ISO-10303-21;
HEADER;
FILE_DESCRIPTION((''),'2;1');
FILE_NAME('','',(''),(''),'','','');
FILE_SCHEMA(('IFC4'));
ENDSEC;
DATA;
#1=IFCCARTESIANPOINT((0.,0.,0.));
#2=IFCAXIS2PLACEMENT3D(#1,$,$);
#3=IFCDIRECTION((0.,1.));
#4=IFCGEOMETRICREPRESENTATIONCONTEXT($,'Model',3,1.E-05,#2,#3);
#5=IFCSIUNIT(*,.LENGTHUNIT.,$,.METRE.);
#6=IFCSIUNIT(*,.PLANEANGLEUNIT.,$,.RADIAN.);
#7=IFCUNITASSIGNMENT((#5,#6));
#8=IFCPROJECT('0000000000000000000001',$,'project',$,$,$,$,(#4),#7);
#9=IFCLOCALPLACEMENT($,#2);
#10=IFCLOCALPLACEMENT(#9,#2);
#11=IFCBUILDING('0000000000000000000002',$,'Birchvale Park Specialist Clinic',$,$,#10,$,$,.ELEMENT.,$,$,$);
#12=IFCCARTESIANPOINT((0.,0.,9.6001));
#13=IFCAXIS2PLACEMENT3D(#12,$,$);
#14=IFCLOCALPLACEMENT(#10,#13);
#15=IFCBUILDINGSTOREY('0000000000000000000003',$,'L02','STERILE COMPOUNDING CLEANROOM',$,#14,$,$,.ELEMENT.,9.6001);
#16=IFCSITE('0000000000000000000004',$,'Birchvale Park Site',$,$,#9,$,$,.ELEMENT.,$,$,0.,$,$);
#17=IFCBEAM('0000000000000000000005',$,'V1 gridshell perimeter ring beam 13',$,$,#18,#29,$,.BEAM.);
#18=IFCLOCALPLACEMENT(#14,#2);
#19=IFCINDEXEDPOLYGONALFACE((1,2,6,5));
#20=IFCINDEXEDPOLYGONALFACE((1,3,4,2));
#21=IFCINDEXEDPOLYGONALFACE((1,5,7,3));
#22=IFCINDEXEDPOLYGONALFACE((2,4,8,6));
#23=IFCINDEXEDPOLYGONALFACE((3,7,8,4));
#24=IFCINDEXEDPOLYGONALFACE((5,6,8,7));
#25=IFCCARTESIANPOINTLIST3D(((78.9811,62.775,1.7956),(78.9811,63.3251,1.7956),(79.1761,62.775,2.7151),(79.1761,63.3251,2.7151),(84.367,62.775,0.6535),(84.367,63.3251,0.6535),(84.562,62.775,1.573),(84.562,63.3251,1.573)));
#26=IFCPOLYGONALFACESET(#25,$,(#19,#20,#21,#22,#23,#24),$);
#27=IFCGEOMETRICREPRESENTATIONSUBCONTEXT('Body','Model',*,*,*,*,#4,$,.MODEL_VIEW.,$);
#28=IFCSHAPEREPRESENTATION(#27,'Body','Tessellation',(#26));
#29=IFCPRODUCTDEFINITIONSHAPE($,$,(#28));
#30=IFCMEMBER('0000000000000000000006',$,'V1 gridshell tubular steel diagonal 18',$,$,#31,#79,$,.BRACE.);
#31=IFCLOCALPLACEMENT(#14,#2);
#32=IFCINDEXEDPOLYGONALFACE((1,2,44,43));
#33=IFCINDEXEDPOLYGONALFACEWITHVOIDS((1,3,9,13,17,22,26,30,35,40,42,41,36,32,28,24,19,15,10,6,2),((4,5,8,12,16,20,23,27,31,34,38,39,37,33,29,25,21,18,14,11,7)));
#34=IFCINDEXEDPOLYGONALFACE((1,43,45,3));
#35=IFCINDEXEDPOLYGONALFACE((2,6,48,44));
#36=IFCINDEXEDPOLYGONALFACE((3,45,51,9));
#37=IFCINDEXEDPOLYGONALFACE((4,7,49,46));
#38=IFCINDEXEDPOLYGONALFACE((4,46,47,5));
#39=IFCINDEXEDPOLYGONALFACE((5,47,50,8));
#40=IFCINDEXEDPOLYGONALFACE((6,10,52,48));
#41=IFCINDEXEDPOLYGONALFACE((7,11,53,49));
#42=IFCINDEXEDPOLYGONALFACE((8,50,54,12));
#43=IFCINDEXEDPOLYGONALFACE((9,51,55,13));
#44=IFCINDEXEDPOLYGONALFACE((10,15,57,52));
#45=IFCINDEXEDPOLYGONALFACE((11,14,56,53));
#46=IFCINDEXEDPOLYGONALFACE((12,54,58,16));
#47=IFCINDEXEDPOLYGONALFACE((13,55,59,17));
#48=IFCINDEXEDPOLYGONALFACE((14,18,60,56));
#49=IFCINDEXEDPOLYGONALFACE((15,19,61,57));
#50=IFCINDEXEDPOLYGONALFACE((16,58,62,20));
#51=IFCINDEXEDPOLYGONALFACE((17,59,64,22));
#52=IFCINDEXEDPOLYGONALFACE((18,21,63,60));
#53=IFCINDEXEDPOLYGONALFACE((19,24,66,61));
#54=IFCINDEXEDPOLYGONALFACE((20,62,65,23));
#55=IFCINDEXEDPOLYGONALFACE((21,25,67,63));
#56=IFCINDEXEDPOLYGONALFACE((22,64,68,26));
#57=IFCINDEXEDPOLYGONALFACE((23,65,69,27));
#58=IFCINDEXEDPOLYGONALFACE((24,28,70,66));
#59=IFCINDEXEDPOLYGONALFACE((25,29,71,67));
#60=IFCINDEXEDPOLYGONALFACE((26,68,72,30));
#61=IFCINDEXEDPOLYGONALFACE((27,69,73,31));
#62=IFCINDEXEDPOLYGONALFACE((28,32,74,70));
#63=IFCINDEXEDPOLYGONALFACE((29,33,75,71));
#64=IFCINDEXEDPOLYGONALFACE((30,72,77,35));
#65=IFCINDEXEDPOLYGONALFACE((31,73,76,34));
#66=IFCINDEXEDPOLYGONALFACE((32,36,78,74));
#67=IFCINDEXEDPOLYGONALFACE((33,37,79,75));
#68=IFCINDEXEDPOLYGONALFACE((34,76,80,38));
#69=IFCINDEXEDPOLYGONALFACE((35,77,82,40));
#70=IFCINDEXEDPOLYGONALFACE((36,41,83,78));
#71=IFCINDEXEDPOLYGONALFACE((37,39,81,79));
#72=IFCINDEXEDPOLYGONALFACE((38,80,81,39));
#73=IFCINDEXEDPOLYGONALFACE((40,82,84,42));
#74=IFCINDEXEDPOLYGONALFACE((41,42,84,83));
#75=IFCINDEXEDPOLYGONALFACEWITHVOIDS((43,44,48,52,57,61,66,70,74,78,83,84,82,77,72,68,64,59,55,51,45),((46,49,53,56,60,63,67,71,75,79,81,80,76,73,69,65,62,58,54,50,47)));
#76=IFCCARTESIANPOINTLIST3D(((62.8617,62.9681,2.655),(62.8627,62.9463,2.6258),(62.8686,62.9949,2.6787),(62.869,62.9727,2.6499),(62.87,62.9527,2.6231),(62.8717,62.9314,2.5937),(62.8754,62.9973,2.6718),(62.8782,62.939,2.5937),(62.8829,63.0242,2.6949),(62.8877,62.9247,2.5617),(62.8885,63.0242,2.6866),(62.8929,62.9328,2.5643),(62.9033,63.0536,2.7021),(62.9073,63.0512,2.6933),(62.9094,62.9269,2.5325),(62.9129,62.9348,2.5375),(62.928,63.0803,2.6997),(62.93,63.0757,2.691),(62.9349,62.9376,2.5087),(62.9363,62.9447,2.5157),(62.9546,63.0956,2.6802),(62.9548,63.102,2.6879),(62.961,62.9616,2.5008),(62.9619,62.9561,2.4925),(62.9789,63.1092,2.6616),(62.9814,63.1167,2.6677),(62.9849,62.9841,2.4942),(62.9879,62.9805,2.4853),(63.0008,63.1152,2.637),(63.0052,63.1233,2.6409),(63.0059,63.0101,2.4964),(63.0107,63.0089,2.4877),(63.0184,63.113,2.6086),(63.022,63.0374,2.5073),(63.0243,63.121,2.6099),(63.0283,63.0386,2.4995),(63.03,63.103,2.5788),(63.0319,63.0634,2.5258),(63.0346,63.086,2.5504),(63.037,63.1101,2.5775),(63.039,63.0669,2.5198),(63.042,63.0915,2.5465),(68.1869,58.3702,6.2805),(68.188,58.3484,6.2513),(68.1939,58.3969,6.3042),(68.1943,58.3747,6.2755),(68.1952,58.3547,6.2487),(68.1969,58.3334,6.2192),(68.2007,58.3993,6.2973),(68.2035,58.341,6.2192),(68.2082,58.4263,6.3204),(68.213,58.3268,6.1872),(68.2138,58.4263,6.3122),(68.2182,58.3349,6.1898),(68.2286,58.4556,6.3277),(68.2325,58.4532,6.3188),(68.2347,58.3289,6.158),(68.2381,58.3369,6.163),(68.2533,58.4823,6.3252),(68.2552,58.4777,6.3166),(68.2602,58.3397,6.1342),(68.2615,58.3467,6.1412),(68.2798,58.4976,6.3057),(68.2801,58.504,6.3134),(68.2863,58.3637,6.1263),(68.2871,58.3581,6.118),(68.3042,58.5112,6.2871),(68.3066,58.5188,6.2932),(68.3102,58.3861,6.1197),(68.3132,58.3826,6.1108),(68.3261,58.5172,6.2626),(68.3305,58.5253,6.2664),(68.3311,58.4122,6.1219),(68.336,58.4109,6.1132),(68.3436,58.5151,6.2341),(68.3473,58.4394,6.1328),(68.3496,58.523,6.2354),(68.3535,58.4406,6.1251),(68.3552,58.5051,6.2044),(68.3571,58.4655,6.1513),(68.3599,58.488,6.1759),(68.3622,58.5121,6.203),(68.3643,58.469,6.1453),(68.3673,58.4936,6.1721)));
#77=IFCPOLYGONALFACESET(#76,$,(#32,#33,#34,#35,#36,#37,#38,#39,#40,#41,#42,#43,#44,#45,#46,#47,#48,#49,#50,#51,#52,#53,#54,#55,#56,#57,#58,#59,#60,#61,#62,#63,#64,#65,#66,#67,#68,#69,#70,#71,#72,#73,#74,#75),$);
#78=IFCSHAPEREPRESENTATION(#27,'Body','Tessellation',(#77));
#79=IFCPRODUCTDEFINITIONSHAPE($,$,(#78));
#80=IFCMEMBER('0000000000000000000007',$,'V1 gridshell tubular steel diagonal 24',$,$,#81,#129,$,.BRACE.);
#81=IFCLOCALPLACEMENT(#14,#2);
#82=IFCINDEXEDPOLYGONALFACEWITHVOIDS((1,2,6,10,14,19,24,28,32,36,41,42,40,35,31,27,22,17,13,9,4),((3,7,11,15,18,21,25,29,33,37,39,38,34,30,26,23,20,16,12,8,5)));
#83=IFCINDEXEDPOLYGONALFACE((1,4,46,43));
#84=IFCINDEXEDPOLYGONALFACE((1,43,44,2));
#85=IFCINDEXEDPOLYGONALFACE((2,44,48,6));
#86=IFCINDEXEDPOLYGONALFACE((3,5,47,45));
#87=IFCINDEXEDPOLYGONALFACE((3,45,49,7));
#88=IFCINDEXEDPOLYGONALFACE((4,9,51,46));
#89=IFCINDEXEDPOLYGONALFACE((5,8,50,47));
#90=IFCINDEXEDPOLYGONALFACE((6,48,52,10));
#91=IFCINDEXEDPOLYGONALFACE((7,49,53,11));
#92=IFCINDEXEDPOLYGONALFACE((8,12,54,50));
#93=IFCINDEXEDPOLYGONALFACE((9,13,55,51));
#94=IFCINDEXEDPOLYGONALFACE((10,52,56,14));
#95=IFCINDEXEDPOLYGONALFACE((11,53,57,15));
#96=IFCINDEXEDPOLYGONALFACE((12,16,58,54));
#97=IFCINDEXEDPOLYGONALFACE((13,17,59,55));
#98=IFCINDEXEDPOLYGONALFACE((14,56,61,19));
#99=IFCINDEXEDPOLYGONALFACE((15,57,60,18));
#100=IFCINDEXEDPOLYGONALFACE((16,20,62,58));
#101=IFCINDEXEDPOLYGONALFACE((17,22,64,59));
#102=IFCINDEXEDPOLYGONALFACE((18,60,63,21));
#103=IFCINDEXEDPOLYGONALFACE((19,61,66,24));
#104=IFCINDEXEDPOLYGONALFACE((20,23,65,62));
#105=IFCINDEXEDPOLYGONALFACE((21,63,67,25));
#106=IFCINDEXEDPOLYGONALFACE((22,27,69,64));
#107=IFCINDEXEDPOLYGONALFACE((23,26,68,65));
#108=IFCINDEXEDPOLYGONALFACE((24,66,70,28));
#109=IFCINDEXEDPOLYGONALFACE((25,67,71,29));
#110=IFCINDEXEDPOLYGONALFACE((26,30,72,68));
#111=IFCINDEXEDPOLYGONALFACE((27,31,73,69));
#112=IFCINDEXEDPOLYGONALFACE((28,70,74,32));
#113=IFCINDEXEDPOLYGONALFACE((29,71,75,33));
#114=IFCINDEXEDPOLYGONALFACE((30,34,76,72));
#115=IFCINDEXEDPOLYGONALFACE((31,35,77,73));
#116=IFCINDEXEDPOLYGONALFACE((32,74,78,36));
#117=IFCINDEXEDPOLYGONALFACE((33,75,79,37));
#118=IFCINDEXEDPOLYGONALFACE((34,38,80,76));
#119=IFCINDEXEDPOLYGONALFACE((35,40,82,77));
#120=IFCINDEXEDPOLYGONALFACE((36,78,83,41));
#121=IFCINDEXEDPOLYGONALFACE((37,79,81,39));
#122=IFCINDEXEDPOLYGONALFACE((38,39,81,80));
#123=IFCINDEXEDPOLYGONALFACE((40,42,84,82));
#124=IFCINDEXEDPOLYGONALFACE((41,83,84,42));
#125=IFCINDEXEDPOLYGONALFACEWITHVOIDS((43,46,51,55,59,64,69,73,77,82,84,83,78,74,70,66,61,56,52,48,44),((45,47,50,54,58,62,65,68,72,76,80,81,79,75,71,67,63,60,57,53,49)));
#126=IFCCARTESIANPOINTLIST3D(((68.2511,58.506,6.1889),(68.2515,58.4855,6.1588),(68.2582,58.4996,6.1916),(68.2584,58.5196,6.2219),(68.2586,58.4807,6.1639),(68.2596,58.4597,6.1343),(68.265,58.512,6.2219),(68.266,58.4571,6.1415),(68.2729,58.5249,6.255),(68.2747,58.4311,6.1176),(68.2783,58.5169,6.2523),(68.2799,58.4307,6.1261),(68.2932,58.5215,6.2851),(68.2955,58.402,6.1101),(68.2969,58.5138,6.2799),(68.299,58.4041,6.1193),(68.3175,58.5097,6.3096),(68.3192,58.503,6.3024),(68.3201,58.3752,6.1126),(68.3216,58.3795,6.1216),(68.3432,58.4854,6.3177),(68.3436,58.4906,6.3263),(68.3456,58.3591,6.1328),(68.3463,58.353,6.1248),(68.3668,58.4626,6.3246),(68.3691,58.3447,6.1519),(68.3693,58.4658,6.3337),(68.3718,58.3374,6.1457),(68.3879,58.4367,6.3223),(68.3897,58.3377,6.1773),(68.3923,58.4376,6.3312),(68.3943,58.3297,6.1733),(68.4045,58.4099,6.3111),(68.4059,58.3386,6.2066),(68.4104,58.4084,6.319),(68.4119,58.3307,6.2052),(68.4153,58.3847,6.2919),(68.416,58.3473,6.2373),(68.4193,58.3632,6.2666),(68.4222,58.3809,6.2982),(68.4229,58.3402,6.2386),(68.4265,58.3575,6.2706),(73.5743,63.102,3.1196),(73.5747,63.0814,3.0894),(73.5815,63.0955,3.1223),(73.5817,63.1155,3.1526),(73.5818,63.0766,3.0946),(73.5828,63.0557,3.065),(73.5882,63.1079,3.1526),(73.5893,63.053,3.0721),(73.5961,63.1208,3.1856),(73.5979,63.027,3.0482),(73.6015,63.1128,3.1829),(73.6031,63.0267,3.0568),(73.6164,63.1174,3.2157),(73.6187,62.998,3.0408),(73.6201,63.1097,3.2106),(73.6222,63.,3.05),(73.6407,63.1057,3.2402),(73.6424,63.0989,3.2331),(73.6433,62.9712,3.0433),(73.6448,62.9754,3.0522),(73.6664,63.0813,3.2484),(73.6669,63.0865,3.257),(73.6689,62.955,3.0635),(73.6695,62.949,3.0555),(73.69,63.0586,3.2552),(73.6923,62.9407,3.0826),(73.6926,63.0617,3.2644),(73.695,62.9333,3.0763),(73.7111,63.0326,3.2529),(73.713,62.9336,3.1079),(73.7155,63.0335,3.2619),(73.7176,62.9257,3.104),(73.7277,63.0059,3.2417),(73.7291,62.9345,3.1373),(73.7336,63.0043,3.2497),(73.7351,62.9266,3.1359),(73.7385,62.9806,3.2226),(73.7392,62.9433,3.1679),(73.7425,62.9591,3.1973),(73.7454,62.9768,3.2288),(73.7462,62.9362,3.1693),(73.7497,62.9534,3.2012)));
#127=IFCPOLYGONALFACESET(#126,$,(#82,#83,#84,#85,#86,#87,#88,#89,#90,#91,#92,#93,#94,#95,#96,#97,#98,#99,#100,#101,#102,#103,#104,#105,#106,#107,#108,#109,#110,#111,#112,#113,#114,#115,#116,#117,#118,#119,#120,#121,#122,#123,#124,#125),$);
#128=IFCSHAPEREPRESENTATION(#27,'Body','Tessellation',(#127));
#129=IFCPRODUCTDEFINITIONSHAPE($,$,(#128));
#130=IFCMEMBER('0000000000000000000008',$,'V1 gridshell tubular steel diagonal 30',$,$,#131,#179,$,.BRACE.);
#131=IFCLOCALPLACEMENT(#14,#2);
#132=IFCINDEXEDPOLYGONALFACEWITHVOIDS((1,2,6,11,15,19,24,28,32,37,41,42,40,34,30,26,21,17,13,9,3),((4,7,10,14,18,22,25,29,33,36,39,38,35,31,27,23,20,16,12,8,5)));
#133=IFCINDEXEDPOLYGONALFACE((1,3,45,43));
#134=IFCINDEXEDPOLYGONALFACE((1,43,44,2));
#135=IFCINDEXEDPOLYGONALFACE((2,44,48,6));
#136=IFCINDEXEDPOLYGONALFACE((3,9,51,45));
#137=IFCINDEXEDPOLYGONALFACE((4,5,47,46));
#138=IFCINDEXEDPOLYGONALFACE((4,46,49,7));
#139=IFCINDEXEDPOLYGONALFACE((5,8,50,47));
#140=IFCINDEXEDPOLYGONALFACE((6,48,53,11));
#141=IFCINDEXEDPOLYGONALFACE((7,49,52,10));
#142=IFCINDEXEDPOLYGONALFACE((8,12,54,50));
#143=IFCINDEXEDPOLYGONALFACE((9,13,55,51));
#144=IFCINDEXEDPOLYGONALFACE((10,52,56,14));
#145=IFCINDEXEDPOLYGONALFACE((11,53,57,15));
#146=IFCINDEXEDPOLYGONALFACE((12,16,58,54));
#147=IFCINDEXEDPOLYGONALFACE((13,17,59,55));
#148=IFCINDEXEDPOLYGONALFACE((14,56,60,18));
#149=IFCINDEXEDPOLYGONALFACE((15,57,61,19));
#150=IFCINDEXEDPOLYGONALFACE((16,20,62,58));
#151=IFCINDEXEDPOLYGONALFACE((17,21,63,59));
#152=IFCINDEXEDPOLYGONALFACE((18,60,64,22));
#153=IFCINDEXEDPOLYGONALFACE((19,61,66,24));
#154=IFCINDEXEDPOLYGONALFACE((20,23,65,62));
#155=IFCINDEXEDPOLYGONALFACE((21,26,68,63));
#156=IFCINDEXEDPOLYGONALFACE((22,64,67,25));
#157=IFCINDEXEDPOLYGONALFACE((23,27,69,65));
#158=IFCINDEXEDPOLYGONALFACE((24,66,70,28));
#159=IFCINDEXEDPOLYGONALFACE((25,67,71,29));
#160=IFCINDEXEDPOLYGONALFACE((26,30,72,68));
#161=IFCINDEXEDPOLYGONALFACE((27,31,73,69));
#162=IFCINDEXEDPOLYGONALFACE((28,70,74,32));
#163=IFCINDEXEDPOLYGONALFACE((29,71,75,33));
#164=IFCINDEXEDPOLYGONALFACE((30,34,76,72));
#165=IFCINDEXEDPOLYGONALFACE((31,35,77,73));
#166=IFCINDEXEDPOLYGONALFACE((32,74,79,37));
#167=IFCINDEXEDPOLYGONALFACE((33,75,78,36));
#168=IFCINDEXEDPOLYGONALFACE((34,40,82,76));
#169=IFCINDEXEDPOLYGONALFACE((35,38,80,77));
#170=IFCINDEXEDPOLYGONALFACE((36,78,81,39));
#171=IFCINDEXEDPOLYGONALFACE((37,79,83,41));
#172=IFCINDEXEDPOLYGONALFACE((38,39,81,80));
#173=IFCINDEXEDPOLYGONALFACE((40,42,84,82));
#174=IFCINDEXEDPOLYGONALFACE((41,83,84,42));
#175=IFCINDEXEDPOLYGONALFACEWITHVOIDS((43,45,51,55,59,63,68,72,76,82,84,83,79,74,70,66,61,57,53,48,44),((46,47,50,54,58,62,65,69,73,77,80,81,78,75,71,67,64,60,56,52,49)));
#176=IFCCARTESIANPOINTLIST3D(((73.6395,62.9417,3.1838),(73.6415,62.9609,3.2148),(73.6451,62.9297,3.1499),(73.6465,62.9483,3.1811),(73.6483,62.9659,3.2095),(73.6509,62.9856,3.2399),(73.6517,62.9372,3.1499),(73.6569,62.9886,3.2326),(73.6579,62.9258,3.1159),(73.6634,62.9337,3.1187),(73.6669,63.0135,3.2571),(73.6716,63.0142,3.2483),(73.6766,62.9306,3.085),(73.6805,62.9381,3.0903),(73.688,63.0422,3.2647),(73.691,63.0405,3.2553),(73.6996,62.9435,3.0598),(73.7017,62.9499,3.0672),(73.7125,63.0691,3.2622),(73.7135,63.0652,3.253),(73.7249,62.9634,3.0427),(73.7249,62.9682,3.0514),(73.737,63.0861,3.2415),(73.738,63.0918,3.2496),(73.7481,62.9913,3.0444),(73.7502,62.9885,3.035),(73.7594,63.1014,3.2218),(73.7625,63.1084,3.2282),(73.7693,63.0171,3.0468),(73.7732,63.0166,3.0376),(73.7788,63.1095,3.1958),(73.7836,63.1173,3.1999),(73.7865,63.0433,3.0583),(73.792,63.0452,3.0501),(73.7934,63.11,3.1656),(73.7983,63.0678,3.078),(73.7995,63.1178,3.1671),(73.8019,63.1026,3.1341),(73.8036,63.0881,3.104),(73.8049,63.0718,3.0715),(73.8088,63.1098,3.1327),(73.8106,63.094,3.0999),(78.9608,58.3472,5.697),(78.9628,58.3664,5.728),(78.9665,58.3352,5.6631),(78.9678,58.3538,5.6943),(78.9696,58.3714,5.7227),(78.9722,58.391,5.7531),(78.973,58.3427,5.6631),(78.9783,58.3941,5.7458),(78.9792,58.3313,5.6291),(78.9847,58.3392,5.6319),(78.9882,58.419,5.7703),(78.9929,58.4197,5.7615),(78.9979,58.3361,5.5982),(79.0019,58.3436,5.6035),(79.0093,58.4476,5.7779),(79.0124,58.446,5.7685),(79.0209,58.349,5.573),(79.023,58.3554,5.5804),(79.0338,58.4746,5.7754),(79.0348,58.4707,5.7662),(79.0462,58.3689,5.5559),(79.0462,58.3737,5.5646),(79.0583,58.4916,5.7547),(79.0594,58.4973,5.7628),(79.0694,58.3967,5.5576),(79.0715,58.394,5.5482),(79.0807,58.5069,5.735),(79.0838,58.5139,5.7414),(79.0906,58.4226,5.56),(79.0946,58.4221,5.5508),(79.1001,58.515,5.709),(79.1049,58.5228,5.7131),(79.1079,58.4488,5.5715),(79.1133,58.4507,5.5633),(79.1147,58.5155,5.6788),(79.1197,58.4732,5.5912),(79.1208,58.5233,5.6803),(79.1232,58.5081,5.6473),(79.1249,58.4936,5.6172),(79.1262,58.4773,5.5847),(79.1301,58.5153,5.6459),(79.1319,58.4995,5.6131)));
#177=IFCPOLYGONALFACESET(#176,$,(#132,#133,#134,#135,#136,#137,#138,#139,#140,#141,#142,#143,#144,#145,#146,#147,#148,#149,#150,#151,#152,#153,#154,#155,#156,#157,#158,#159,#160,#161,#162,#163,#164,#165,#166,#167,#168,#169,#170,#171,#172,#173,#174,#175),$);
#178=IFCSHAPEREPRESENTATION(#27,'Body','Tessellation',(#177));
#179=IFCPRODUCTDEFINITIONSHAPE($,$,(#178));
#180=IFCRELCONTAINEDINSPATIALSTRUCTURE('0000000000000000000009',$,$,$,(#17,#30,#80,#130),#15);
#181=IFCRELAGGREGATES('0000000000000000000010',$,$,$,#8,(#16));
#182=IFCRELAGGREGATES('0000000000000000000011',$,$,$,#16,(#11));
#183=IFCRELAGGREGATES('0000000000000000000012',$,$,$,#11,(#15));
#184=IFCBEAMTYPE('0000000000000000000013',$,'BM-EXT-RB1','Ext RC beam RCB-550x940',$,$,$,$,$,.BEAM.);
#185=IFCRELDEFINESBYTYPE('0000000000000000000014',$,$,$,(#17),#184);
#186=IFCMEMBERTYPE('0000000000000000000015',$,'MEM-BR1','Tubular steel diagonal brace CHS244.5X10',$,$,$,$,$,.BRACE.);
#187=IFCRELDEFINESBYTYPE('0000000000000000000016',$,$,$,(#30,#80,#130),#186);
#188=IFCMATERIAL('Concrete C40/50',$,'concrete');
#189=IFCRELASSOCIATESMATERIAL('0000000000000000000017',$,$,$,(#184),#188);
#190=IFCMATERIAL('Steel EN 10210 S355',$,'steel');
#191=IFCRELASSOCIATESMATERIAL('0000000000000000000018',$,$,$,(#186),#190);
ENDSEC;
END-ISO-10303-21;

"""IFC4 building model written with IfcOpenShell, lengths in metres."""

from ifc_helpers import new_model, si_unit, direction, frame, origin, origin_2d, place, context, subcontext, project, spatial, rectangle, hollow_circle, extrude, material, material_profile, profile_set, type_object, element, save


model = new_model("IFC4")

# Units and contexts
model_context = context("Model", 3, precision=1e-05, world=origin(), true_north=direction((0.0, 1.0)))
body_context = subcontext(model_context, "Body", "Model", "MODEL_VIEW")
ifc_project = project(units=[si_unit("LENGTHUNIT", "METRE"), si_unit("PLANEANGLEUNIT", "RADIAN")], contexts=[model_context])

# Site, building, storey
site_placement = place(None, origin())
site = spatial("IfcSite", under=ifc_project, at=site_placement, Name="Birchvale Park Site", CompositionType="ELEMENT", RefElevation=0.0)
building_placement = place(site_placement, origin())
building = spatial("IfcBuilding", under=site, at=building_placement, Name="Birchvale Park Specialist Clinic", CompositionType="ELEMENT")
storey_placement = place(building_placement, frame((0.0, 0.0, 9.6001)))
storey = spatial("IfcBuildingStorey", under=building, at=storey_placement, Name="L02", Description="STERILE COMPOUNDING CLEANROOM", CompositionType="ELEMENT", Elevation=9.6001)

# Shared definitions
ifc_material_1 = material(Name="Concrete C40/50", Category="concrete")

# Beam
ifc_material_profile_1 = material_profile(ifc_material_1, rectangle(XDim=0.55, YDim=0.9399, at=origin_2d()), Name="RCB-550x940")
ifc_profile_set_1 = profile_set([ifc_material_profile_1], Name="Concrete C40/50")
beam_type = type_object("IfcBeamType", Name="BM-EXT-RB1", Description="Ext RC beam RCB-550x940", PredefinedType="BEAM", material=ifc_profile_set_1)
beam_1_placement = place(storey_placement, frame((79.0786, 63.05, 2.2554), z_axis=(0.978247, 0.0, -0.207445), x_axis=(0.0, 1.0, 0.0)))
element("IfcBeam", 1, at=beam_1_placement, inside=storey, type_object=beam_type, Name="V1 gridshell perimeter ring beam 13", PredefinedType="BEAM", context=body_context, shape_type="SweptSolid", body=[
    extrude(rectangle(XDim=0.55, YDim=0.9399, at=origin_2d()), origin(), (0.0, 0.0, 1.0), 5.5056),
])

# Members
ifc_material_2 = material(Name="Steel EN 10210 S355", Category="steel")
ifc_material_profile_2 = material_profile(ifc_material_2, hollow_circle(Radius=0.1223, WallThickness=0.01, at=origin_2d()), Name="CHS244.5X10")
ifc_profile_set_2 = profile_set([ifc_material_profile_2], Name="Steel EN 10210 S355")
member_type = type_object("IfcMemberType", Name="MEM-BR1", Description="Tubular steel diagonal brace CHS244.5X10", PredefinedType="BRACE", material=ifc_profile_set_2)
member_1_placement = place(storey_placement, frame((68.2769, 58.426, 6.2192), z_axis=(-0.672823, 0.580931, -0.45807), x_axis=(-0.653528, -0.756903, 0.0)))
element("IfcMember", 2, at=member_1_placement, inside=storey, type_object=member_type, Name="V1 gridshell tubular steel diagonal 18", PredefinedType="BRACE", context=body_context, shape_type="SweptSolid", body=[
    extrude(hollow_circle(Radius=0.1223, WallThickness=0.01, at=origin_2d()), origin(), (0.0, 0.0, 1.0), 7.9148),
])
member_2_placement = place(storey_placement, frame((68.3384, 58.427, 6.2219), z_axis=(0.69373, 0.598948, -0.399999), x_axis=(-0.653506, 0.756921, 0.0)))
element("IfcMember", 3, at=member_2_placement, inside=storey, type_object=member_type, Name="V1 gridshell tubular steel diagonal 24", PredefinedType="BRACE", context=body_context, shape_type="SweptSolid", body=[
    extrude(hollow_circle(Radius=0.1223, WallThickness=0.01, at=origin_2d()), origin(), (0.0, 0.0, 1.0), 7.6733),
])
member_3_placement = place(storey_placement, frame((79.0464, 58.4277, 5.6631), z_axis=(-0.712734, 0.615386, -0.336616), x_axis=(-0.653524, -0.756906, 0.0)))
element("IfcMember", 4, at=member_3_placement, inside=storey, type_object=member_type, Name="V1 gridshell tubular steel diagonal 30", PredefinedType="BRACE", context=body_context, shape_type="SweptSolid", body=[
    extrude(hollow_circle(Radius=0.1223, WallThickness=0.01, at=origin_2d()), origin(), (0.0, 0.0, 1.0), 7.4661),
])

save(model, "model.ifc")
